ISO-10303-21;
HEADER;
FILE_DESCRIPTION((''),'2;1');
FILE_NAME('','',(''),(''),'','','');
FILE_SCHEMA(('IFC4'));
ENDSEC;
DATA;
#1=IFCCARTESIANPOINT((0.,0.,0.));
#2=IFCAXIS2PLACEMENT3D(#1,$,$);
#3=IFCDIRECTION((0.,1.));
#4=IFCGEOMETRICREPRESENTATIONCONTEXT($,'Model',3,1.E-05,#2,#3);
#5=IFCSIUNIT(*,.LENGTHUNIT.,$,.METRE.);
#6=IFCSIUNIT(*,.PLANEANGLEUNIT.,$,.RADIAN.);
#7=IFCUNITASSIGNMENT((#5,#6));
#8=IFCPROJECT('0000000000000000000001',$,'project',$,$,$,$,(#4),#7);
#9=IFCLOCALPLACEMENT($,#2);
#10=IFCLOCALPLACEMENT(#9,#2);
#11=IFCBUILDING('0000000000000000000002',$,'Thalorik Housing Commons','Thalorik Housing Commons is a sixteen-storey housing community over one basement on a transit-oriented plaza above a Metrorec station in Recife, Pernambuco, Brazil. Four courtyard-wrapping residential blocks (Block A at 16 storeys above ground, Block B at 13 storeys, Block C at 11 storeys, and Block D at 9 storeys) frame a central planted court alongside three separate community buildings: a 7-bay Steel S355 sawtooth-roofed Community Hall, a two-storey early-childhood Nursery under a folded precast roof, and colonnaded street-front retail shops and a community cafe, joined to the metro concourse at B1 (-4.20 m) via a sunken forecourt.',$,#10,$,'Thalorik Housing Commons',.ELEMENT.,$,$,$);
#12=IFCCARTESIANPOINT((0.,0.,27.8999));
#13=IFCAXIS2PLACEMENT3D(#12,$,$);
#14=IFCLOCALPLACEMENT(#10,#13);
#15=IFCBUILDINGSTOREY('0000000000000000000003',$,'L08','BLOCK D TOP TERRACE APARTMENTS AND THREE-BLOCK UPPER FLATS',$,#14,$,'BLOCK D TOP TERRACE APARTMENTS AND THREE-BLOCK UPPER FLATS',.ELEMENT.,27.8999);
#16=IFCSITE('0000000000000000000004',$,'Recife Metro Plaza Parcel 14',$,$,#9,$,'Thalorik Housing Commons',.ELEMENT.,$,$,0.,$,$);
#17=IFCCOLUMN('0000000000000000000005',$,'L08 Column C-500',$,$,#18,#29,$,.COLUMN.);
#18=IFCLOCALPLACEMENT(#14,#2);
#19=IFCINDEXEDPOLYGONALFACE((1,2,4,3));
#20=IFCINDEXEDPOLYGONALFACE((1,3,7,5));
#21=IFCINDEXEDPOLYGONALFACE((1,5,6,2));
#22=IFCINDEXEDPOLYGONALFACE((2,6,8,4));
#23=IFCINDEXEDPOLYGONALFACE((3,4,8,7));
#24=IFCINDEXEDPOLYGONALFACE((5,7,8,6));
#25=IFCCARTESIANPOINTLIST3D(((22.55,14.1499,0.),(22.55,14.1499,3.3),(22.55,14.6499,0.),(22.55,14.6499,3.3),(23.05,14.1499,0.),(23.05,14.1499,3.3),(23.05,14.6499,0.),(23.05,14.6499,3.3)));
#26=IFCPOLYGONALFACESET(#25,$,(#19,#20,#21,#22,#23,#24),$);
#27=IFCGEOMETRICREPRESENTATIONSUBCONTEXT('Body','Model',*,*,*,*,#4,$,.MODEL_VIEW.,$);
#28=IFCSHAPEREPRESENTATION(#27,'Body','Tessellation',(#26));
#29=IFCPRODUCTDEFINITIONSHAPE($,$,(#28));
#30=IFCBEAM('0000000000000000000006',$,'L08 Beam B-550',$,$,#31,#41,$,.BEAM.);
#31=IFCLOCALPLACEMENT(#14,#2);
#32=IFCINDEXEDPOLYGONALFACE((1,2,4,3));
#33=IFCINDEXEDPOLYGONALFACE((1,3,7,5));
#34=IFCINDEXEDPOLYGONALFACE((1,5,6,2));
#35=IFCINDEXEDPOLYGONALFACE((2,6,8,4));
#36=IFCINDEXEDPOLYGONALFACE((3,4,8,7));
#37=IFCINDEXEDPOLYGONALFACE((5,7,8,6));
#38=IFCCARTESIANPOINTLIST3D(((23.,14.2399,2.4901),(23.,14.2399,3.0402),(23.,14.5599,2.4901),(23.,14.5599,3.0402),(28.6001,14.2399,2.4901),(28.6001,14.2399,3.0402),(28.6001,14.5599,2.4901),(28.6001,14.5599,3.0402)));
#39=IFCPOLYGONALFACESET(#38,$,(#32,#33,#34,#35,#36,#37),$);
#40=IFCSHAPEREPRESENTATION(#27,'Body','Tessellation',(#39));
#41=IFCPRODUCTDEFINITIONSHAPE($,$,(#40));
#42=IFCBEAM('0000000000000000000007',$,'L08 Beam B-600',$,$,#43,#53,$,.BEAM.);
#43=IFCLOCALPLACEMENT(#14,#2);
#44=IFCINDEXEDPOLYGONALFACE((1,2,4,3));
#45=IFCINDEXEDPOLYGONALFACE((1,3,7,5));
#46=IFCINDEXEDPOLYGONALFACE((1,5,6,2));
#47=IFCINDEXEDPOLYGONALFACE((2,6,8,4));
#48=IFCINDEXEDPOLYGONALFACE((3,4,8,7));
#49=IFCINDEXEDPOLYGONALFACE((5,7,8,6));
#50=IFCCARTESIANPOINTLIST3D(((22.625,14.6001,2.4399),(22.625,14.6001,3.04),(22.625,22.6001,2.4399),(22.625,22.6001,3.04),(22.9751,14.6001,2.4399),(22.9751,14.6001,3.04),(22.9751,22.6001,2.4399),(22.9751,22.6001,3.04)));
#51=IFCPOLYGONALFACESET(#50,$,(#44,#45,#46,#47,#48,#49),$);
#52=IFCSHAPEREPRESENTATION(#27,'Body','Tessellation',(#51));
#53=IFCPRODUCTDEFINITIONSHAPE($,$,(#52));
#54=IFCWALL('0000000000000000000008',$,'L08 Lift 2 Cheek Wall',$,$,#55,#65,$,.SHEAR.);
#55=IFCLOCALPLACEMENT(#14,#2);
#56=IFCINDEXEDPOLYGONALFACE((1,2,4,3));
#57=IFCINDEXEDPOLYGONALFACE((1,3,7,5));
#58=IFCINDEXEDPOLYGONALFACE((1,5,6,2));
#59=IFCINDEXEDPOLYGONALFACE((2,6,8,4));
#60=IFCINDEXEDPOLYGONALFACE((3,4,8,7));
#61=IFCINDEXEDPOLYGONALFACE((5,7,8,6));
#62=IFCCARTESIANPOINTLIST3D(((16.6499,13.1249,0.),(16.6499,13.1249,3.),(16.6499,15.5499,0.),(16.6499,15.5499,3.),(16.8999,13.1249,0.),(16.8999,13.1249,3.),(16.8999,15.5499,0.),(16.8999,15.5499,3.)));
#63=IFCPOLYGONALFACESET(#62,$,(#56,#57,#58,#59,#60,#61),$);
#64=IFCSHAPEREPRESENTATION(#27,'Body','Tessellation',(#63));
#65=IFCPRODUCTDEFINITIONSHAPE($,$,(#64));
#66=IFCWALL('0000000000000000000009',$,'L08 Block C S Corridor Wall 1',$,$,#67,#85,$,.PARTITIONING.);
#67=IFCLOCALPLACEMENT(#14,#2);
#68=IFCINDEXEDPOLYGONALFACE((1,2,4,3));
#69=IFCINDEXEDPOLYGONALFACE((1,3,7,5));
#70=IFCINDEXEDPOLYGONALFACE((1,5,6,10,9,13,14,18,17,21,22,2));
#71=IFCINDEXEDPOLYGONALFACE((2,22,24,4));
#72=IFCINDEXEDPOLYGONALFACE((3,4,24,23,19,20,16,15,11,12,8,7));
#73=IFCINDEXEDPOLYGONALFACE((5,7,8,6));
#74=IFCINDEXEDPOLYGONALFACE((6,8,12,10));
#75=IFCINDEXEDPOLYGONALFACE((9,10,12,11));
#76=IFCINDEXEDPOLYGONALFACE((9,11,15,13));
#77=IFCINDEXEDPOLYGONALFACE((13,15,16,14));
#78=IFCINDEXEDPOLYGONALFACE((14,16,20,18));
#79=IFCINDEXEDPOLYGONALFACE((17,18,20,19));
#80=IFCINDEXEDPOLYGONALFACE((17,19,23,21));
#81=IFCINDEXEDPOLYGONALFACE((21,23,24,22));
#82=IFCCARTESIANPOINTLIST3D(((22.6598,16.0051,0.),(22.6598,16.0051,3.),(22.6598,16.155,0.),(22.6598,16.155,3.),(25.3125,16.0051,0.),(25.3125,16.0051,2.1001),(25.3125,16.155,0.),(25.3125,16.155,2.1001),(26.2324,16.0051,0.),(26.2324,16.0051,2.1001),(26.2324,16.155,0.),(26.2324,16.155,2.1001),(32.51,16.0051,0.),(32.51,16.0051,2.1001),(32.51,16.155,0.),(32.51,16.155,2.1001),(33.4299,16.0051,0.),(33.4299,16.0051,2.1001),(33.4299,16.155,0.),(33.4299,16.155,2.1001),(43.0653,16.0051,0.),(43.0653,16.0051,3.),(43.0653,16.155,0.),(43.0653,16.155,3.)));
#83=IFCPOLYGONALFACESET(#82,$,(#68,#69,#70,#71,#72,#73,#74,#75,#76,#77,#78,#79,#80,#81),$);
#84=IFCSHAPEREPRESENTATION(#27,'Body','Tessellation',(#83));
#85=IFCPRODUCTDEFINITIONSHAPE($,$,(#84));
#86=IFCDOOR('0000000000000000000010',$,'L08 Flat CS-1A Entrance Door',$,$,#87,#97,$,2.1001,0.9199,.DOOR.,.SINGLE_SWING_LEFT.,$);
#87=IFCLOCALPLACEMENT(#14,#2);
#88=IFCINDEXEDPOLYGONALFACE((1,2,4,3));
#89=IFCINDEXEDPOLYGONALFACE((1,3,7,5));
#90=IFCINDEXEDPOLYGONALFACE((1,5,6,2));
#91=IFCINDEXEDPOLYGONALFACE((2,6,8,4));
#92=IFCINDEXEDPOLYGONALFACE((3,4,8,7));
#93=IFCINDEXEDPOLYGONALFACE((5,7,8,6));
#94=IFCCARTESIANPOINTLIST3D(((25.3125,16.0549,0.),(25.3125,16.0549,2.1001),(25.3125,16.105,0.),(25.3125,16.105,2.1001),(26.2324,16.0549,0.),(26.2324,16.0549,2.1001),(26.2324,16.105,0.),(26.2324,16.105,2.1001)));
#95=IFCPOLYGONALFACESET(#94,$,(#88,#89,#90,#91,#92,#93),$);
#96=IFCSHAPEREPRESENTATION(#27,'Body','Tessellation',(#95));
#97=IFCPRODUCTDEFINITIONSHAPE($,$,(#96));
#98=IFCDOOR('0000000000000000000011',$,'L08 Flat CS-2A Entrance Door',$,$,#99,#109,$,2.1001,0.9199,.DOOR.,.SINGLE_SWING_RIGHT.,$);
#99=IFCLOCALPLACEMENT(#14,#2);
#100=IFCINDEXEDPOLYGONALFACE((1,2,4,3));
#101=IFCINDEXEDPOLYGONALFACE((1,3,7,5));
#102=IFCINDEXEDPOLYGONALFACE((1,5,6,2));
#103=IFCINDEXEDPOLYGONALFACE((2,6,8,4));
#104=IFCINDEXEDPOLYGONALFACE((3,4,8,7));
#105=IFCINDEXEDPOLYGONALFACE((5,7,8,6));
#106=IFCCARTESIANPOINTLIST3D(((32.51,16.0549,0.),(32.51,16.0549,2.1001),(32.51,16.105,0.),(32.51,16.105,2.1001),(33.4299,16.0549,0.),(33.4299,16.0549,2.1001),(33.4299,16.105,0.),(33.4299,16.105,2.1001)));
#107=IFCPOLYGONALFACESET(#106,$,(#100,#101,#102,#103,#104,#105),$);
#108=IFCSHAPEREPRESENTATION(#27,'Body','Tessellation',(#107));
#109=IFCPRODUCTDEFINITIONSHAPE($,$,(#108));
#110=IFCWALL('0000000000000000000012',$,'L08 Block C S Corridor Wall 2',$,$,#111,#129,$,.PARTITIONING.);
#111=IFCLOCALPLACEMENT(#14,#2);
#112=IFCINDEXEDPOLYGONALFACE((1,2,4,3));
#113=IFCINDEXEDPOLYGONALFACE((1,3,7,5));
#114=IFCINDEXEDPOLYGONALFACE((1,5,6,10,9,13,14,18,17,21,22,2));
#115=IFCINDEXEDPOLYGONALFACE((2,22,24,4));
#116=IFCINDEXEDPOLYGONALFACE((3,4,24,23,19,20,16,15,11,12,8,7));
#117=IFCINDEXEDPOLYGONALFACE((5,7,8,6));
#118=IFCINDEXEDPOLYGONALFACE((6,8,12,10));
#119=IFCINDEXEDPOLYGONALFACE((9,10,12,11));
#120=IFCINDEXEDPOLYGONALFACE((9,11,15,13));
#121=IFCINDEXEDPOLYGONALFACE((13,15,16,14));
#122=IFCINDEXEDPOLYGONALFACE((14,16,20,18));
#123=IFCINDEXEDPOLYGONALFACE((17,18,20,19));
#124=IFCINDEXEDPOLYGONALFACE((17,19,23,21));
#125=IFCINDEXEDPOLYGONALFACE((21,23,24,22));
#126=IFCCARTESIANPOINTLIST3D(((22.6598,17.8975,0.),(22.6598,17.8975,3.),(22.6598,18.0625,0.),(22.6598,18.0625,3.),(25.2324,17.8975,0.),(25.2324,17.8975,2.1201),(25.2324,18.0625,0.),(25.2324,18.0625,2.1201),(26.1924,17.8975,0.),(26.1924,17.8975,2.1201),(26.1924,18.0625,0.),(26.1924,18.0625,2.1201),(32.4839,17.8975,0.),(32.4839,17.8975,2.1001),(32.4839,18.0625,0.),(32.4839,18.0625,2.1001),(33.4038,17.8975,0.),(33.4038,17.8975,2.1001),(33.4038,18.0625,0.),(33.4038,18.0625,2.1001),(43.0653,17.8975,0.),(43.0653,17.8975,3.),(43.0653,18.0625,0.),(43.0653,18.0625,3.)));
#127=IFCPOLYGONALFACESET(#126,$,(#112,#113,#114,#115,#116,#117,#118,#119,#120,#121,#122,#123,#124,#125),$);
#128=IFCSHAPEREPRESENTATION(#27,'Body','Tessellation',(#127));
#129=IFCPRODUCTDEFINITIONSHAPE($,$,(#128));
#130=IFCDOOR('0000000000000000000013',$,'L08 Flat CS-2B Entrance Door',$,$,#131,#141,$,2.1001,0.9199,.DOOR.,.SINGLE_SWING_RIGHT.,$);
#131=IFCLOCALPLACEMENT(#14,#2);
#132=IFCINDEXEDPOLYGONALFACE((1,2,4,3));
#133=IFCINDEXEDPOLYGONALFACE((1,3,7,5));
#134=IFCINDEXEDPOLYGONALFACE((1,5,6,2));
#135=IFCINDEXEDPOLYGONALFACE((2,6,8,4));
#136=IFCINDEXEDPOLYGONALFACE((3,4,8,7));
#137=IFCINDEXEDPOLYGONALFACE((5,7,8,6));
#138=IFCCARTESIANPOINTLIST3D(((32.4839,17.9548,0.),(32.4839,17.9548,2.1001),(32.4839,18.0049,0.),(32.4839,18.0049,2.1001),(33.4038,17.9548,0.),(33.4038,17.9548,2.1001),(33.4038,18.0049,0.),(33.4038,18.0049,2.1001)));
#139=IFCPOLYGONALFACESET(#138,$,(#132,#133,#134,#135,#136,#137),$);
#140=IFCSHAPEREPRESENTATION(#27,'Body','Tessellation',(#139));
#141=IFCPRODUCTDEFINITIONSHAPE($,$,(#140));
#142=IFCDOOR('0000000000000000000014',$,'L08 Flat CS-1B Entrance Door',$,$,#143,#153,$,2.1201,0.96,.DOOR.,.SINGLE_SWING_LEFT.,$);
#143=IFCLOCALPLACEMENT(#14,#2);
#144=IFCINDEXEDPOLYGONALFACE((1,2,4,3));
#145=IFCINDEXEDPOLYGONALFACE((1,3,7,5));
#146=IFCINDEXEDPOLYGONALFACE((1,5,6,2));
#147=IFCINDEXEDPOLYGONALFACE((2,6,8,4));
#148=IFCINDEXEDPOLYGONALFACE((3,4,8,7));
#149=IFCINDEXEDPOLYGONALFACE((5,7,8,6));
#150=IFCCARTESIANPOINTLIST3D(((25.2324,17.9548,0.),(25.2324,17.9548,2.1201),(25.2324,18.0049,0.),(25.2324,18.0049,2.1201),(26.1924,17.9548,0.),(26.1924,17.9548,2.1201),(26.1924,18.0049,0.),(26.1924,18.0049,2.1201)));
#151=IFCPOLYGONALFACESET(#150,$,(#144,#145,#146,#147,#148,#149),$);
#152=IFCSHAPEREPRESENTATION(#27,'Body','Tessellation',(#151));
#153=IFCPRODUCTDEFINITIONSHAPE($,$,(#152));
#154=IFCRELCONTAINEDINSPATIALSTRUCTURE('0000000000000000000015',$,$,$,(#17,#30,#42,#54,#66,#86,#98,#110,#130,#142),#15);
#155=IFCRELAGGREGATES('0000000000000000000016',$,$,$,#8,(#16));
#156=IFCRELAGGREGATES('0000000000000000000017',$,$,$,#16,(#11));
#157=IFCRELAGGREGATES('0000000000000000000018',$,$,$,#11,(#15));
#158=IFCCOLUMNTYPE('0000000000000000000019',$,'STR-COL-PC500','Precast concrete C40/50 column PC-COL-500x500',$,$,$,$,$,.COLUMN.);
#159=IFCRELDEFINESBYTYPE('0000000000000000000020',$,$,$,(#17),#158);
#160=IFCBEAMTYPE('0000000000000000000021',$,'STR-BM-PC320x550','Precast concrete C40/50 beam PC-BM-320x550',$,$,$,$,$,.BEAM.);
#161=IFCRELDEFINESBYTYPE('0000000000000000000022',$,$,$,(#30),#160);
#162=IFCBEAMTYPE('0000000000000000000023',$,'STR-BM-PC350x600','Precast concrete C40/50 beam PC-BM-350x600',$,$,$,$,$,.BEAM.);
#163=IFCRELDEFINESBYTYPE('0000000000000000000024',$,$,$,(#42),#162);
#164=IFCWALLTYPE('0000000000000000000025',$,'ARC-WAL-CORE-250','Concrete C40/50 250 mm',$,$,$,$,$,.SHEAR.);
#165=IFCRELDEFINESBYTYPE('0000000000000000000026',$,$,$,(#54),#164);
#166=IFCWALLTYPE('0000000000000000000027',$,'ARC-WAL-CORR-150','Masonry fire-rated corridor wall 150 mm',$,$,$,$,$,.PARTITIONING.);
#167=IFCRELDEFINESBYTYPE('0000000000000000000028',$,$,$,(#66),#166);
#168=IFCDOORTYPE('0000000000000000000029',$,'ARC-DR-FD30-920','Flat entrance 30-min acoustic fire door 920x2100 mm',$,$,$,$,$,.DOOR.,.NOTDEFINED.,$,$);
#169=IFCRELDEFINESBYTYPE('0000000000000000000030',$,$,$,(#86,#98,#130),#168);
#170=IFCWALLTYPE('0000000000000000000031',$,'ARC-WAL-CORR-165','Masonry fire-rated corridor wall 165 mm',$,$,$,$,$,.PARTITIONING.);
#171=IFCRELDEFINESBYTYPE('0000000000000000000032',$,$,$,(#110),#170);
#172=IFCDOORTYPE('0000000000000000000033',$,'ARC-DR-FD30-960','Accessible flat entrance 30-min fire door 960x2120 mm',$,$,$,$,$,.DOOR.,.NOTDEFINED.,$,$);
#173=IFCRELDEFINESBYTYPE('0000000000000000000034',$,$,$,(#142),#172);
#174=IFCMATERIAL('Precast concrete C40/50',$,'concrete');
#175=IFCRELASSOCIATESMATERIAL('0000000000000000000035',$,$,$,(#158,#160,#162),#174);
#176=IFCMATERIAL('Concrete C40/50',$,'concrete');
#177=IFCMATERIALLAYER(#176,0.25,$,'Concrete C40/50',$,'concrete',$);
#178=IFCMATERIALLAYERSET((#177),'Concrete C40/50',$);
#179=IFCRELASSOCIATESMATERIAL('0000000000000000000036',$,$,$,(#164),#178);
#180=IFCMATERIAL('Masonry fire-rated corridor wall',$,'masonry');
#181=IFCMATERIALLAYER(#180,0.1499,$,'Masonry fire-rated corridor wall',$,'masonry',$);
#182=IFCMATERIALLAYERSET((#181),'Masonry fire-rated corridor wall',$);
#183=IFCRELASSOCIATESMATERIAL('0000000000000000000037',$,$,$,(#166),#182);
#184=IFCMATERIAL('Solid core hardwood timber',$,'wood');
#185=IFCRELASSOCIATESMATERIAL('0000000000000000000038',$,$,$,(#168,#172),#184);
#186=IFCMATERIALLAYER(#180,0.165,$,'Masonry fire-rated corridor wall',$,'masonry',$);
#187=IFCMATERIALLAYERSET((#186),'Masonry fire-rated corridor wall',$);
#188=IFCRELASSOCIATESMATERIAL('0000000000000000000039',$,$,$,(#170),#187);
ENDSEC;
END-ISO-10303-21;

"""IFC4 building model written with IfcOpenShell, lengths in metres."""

from ifc_helpers import new_model, si_unit, direction, frame, frame_2d, origin, origin_2d, place, context, subcontext, project, spatial, rectangle, extrude, material, layer, layer_set, material_profile, profile_set, type_object, element, fill, save


model = new_model("IFC4")

# Units and contexts
model_context = context("Model", 3, precision=1e-05, world=origin(), true_north=direction((0.0, 1.0)))
body_context = subcontext(model_context, "Body", "Model", "MODEL_VIEW")
ifc_project = project(units=[si_unit("LENGTHUNIT", "METRE"), si_unit("PLANEANGLEUNIT", "RADIAN")], contexts=[model_context])

# Site, building, storey
site_placement = place(None, origin())
site = spatial("IfcSite", under=ifc_project, at=site_placement, Name="Recife Metro Plaza Parcel 14", LongName="Thalorik Housing Commons", CompositionType="ELEMENT", RefElevation=0.0)
building_placement = place(site_placement, origin())
building = spatial("IfcBuilding", under=site, at=building_placement, Name="Thalorik Housing Commons", Description="Thalorik Housing Commons is a sixteen-storey housing community over one basement on a transit-oriented plaza above a Metrorec station in Recife, Pernambuco, Brazil. Four courtyard-wrapping residential blocks (Block A at 16 storeys above ground, Block B at 13 storeys, Block C at 11 storeys, and Block D at 9 storeys) frame a central planted court alongside three separate community buildings: a 7-bay Steel S355 sawtooth-roofed Community Hall, a two-storey early-childhood Nursery under a folded precast roof, and colonnaded street-front retail shops and a community cafe, joined to the metro concourse at B1 (-4.20 m) via a sunken forecourt.", LongName="Thalorik Housing Commons", CompositionType="ELEMENT")
storey_placement = place(building_placement, frame((0.0, 0.0, 27.8999)))
storey = spatial("IfcBuildingStorey", under=building, at=storey_placement, Name="L08", Description="BLOCK D TOP TERRACE APARTMENTS AND THREE-BLOCK UPPER FLATS", LongName="BLOCK D TOP TERRACE APARTMENTS AND THREE-BLOCK UPPER FLATS", CompositionType="ELEMENT", Elevation=27.8999)

# Column
ifc_material_1 = material(Name="Precast concrete C40/50", Category="concrete")
ifc_material_profile_1 = material_profile(ifc_material_1, rectangle(XDim=0.5, YDim=0.5, at=origin_2d()), Name="PC 500x500", Category="concrete")
ifc_profile_set_1 = profile_set([ifc_material_profile_1], Name="Precast concrete C40/50")
column_type = type_object("IfcColumnType", Name="STR-COL-PC500", Description="Precast concrete C40/50 column PC-COL-500x500", PredefinedType="COLUMN", material=ifc_profile_set_1)
column_placement = place(storey_placement, frame((22.8, 14.3999, 0.0), z_axis=(0.0, 0.0, 1.0), x_axis=(1.0, 0.0, 0.0)))
element("IfcColumn", 1, at=column_placement, inside=storey, type_object=column_type, Name="L08 Column C-500", PredefinedType="COLUMN", context=body_context, shape_type="SweptSolid", body=[
    extrude(rectangle(XDim=0.5, YDim=0.5, at=origin_2d()), origin(), (0.0, 0.0, 1.0), 3.3),
])

# Beams
ifc_material_profile_2 = material_profile(ifc_material_1, rectangle(XDim=0.3201, YDim=0.55, at=origin_2d()), Name="PC 320x550", Category="concrete")
ifc_profile_set_2 = profile_set([ifc_material_profile_2], Name="Precast concrete C40/50")
beam_type_1 = type_object("IfcBeamType", Name="STR-BM-PC320x550", Description="Precast concrete C40/50 beam PC-BM-320x550", PredefinedType="BEAM", material=ifc_profile_set_2)
beam_1_placement = place(storey_placement, frame((23.0, 14.3999, 2.7651), z_axis=(1.0, 0.0, 0.0), x_axis=(0.0, 1.0, 0.0)))
element("IfcBeam", 2, at=beam_1_placement, inside=storey, type_object=beam_type_1, Name="L08 Beam B-550", PredefinedType="BEAM", context=body_context, shape_type="SweptSolid", body=[
    extrude(rectangle(XDim=0.3201, YDim=0.55, at=origin_2d()), origin(), (0.0, 0.0, 1.0), 5.6001),
])
ifc_material_profile_3 = material_profile(ifc_material_1, rectangle(XDim=0.3501, YDim=0.6001, at=origin_2d()), Name="PC 350x600", Category="concrete")
ifc_profile_set_3 = profile_set([ifc_material_profile_3], Name="Precast concrete C40/50")
beam_type_2 = type_object("IfcBeamType", Name="STR-BM-PC350x600", Description="Precast concrete C40/50 beam PC-BM-350x600", PredefinedType="BEAM", material=ifc_profile_set_3)
beam_2_placement = place(storey_placement, frame((22.8, 14.6001, 2.74), z_axis=(0.0, 1.0, 0.0), x_axis=(-1.0, 0.0, 0.0)))
element("IfcBeam", 3, at=beam_2_placement, inside=storey, type_object=beam_type_2, Name="L08 Beam B-600", PredefinedType="BEAM", context=body_context, shape_type="SweptSolid", body=[
    extrude(rectangle(XDim=0.3501, YDim=0.6001, at=origin_2d()), origin(), (0.0, 0.0, 1.0), 8.0),
])

# Shared definitions
ifc_material_2 = material(Name="Concrete C40/50", Category="concrete")
ifc_layer_1 = layer(ifc_material_2, 0.25, Name="Concrete C40/50", Category="concrete")
ifc_layer_set_1 = layer_set([ifc_layer_1], Name="Concrete C40/50")
wall_type_1 = type_object("IfcWallType", Name="ARC-WAL-CORE-250", Description="Concrete C40/50 250 mm", PredefinedType="SHEAR", material=ifc_layer_set_1)

# Wall
wall_1_placement = place(storey_placement, frame((16.7749, 13.125, 0.0), z_axis=(0.0, 0.0, 1.0), x_axis=(0.0, 1.0, 0.0)))
element("IfcWall", 4, at=wall_1_placement, inside=storey, type_object=wall_type_1, Name="L08 Lift 2 Cheek Wall", PredefinedType="SHEAR", context=body_context, shape_type="SweptSolid", body=[
    extrude(rectangle(XDim=2.425, YDim=0.25, at=frame_2d((1.2124, 0.0))), origin(), (0.0, 0.0, 1.0), 3.0),
])

# Walls, openings, doors
ifc_material_3 = material(Name="Masonry fire-rated corridor wall", Category="masonry")
ifc_layer_2 = layer(ifc_material_3, 0.1499, Name="Masonry fire-rated corridor wall", Category="masonry")
ifc_layer_set_2 = layer_set([ifc_layer_2], Name="Masonry fire-rated corridor wall")
wall_type_2 = type_object("IfcWallType", Name="ARC-WAL-CORR-150", Description="Masonry fire-rated corridor wall 150 mm", PredefinedType="PARTITIONING", material=ifc_layer_set_2)
wall_2_placement = place(storey_placement, frame((22.6599, 16.0801, 0.0), z_axis=(0.0, 0.0, 1.0), x_axis=(1.0, 0.0, 0.0)))
wall_2 = element("IfcWall", 5, at=wall_2_placement, inside=storey, type_object=wall_type_2, Name="L08 Block C S Corridor Wall 1", PredefinedType="PARTITIONING", context=body_context, shape_type="SweptSolid", body=[
    extrude(rectangle(XDim=20.4055, YDim=0.1499, at=frame_2d((10.2026, 0.0))), origin(), (0.0, 0.0, 1.0), 3.0),
])
opening_1_placement = place(wall_2_placement, frame((2.6526, 0.0, 0.0)))
opening_1 = element("IfcOpeningElement", 6, at=opening_1_placement, cuts=wall_2, PredefinedType="OPENING", context=body_context, shape_type="SweptSolid", body=[
    extrude(rectangle(XDim=0.9199, YDim=2.1001, at=frame_2d((0.46, 1.05))), frame((0.0, 0.085, 0.0), z_axis=(0.0, -1.0, 0.0), x_axis=(1.0, 0.0, 0.0)), (0.0, 0.0, 1.0), 0.1699),
])
opening_2_placement = place(wall_2_placement, frame((9.8501, 0.0, 0.0)))
opening_2 = element("IfcOpeningElement", 7, at=opening_2_placement, cuts=wall_2, PredefinedType="OPENING", context=body_context, shape_type="SweptSolid", body=[
    extrude(rectangle(XDim=0.9199, YDim=2.1001, at=frame_2d((0.46, 1.05))), frame((0.0, 0.085, 0.0), z_axis=(0.0, -1.0, 0.0), x_axis=(1.0, 0.0, 0.0)), (0.0, 0.0, 1.0), 0.1699),
])
ifc_material_4 = material(Name="Solid core hardwood timber", Category="wood")
door_type_1 = type_object("IfcDoorType", Name="ARC-DR-FD30-920", Description="Flat entrance 30-min acoustic fire door 920x2100 mm", OperationType="NOTDEFINED", PredefinedType="DOOR", material=ifc_material_4)
door_1_placement = place(opening_1_placement, origin())
door_1 = element("IfcDoor", 8, at=door_1_placement, inside=storey, type_object=door_type_1, Name="L08 Flat CS-1A Entrance Door", OperationType="SINGLE_SWING_LEFT", OverallHeight=2.1001, OverallWidth=0.9199, PredefinedType="DOOR", context=body_context, shape_type="SweptSolid", body=[
    extrude(rectangle(XDim=0.9199, YDim=2.1001, at=frame_2d((0.46, 1.05))), frame((0.0, 0.0249, 0.0), z_axis=(0.0, -1.0, 0.0), x_axis=(1.0, 0.0, 0.0)), (0.0, 0.0, 1.0), 0.05),
])
fill(opening_1, door_1)
door_2_placement = place(opening_2_placement, origin())
door_2 = element("IfcDoor", 9, at=door_2_placement, inside=storey, type_object=door_type_1, Name="L08 Flat CS-2A Entrance Door", OperationType="SINGLE_SWING_RIGHT", OverallHeight=2.1001, OverallWidth=0.9199, PredefinedType="DOOR", context=body_context, shape_type="SweptSolid", body=[
    extrude(rectangle(XDim=0.9199, YDim=2.1001, at=frame_2d((0.46, 1.05))), frame((0.0, 0.0249, 0.0), z_axis=(0.0, -1.0, 0.0), x_axis=(1.0, 0.0, 0.0)), (0.0, 0.0, 1.0), 0.05),
])
fill(opening_2, door_2)
ifc_layer_3 = layer(ifc_material_3, 0.165, Name="Masonry fire-rated corridor wall", Category="masonry")
ifc_layer_set_3 = layer_set([ifc_layer_3], Name="Masonry fire-rated corridor wall")
wall_type_3 = type_object("IfcWallType", Name="ARC-WAL-CORR-165", Description="Masonry fire-rated corridor wall 165 mm", PredefinedType="PARTITIONING", material=ifc_layer_set_3)
wall_3_placement = place(storey_placement, frame((22.6599, 17.98, 0.0), z_axis=(0.0, 0.0, 1.0), x_axis=(1.0, 0.0, 0.0)))
wall_3 = element("IfcWall", 10, at=wall_3_placement, inside=storey, type_object=wall_type_3, Name="L08 Block C S Corridor Wall 2", PredefinedType="PARTITIONING", context=body_context, shape_type="SweptSolid", body=[
    extrude(rectangle(XDim=20.4055, YDim=0.165, at=frame_2d((10.2026, 0.0))), origin(), (0.0, 0.0, 1.0), 3.0),
])
opening_3_placement = place(wall_3_placement, frame((2.5725, 0.0, 0.0)))
opening_3 = element("IfcOpeningElement", 11, at=opening_3_placement, cuts=wall_3, PredefinedType="OPENING", context=body_context, shape_type="SweptSolid", body=[
    extrude(rectangle(XDim=0.96, YDim=2.1201, at=frame_2d((0.48, 1.0601))), frame((0.0, 0.0925, 0.0), z_axis=(0.0, -1.0, 0.0), x_axis=(1.0, 0.0, 0.0)), (0.0, 0.0, 1.0), 0.1851),
])
opening_4_placement = place(wall_3_placement, frame((9.824, 0.0, 0.0)))
opening_4 = element("IfcOpeningElement", 12, at=opening_4_placement, cuts=wall_3, PredefinedType="OPENING", context=body_context, shape_type="SweptSolid", body=[
    extrude(rectangle(XDim=0.9199, YDim=2.1001, at=frame_2d((0.46, 1.05))), frame((0.0, 0.0925, 0.0), z_axis=(0.0, -1.0, 0.0), x_axis=(1.0, 0.0, 0.0)), (0.0, 0.0, 1.0), 0.1851),
])
door_3_placement = place(opening_4_placement, origin())
door_3 = element("IfcDoor", 13, at=door_3_placement, inside=storey, type_object=door_type_1, Name="L08 Flat CS-2B Entrance Door", OperationType="SINGLE_SWING_RIGHT", OverallHeight=2.1001, OverallWidth=0.9199, PredefinedType="DOOR", context=body_context, shape_type="SweptSolid", body=[
    extrude(rectangle(XDim=0.9199, YDim=2.1001, at=frame_2d((0.46, 1.05))), frame((0.0, 0.0249, 0.0), z_axis=(0.0, -1.0, 0.0), x_axis=(1.0, 0.0, 0.0)), (0.0, 0.0, 1.0), 0.05),
])
fill(opening_4, door_3)
door_type_2 = type_object("IfcDoorType", Name="ARC-DR-FD30-960", Description="Accessible flat entrance 30-min fire door 960x2120 mm", OperationType="NOTDEFINED", PredefinedType="DOOR", material=ifc_material_4)
door_4_placement = place(opening_3_placement, origin())
door_4 = element("IfcDoor", 14, at=door_4_placement, inside=storey, type_object=door_type_2, Name="L08 Flat CS-1B Entrance Door", OperationType="SINGLE_SWING_LEFT", OverallHeight=2.1201, OverallWidth=0.96, PredefinedType="DOOR", context=body_context, shape_type="SweptSolid", body=[
    extrude(rectangle(XDim=0.96, YDim=2.1201, at=frame_2d((0.48, 1.0601))), frame((0.0, 0.0249, 0.0), z_axis=(0.0, -1.0, 0.0), x_axis=(1.0, 0.0, 0.0)), (0.0, 0.0, 1.0), 0.05),
])
fill(opening_3, door_4)

save(model, "model.ifc")
